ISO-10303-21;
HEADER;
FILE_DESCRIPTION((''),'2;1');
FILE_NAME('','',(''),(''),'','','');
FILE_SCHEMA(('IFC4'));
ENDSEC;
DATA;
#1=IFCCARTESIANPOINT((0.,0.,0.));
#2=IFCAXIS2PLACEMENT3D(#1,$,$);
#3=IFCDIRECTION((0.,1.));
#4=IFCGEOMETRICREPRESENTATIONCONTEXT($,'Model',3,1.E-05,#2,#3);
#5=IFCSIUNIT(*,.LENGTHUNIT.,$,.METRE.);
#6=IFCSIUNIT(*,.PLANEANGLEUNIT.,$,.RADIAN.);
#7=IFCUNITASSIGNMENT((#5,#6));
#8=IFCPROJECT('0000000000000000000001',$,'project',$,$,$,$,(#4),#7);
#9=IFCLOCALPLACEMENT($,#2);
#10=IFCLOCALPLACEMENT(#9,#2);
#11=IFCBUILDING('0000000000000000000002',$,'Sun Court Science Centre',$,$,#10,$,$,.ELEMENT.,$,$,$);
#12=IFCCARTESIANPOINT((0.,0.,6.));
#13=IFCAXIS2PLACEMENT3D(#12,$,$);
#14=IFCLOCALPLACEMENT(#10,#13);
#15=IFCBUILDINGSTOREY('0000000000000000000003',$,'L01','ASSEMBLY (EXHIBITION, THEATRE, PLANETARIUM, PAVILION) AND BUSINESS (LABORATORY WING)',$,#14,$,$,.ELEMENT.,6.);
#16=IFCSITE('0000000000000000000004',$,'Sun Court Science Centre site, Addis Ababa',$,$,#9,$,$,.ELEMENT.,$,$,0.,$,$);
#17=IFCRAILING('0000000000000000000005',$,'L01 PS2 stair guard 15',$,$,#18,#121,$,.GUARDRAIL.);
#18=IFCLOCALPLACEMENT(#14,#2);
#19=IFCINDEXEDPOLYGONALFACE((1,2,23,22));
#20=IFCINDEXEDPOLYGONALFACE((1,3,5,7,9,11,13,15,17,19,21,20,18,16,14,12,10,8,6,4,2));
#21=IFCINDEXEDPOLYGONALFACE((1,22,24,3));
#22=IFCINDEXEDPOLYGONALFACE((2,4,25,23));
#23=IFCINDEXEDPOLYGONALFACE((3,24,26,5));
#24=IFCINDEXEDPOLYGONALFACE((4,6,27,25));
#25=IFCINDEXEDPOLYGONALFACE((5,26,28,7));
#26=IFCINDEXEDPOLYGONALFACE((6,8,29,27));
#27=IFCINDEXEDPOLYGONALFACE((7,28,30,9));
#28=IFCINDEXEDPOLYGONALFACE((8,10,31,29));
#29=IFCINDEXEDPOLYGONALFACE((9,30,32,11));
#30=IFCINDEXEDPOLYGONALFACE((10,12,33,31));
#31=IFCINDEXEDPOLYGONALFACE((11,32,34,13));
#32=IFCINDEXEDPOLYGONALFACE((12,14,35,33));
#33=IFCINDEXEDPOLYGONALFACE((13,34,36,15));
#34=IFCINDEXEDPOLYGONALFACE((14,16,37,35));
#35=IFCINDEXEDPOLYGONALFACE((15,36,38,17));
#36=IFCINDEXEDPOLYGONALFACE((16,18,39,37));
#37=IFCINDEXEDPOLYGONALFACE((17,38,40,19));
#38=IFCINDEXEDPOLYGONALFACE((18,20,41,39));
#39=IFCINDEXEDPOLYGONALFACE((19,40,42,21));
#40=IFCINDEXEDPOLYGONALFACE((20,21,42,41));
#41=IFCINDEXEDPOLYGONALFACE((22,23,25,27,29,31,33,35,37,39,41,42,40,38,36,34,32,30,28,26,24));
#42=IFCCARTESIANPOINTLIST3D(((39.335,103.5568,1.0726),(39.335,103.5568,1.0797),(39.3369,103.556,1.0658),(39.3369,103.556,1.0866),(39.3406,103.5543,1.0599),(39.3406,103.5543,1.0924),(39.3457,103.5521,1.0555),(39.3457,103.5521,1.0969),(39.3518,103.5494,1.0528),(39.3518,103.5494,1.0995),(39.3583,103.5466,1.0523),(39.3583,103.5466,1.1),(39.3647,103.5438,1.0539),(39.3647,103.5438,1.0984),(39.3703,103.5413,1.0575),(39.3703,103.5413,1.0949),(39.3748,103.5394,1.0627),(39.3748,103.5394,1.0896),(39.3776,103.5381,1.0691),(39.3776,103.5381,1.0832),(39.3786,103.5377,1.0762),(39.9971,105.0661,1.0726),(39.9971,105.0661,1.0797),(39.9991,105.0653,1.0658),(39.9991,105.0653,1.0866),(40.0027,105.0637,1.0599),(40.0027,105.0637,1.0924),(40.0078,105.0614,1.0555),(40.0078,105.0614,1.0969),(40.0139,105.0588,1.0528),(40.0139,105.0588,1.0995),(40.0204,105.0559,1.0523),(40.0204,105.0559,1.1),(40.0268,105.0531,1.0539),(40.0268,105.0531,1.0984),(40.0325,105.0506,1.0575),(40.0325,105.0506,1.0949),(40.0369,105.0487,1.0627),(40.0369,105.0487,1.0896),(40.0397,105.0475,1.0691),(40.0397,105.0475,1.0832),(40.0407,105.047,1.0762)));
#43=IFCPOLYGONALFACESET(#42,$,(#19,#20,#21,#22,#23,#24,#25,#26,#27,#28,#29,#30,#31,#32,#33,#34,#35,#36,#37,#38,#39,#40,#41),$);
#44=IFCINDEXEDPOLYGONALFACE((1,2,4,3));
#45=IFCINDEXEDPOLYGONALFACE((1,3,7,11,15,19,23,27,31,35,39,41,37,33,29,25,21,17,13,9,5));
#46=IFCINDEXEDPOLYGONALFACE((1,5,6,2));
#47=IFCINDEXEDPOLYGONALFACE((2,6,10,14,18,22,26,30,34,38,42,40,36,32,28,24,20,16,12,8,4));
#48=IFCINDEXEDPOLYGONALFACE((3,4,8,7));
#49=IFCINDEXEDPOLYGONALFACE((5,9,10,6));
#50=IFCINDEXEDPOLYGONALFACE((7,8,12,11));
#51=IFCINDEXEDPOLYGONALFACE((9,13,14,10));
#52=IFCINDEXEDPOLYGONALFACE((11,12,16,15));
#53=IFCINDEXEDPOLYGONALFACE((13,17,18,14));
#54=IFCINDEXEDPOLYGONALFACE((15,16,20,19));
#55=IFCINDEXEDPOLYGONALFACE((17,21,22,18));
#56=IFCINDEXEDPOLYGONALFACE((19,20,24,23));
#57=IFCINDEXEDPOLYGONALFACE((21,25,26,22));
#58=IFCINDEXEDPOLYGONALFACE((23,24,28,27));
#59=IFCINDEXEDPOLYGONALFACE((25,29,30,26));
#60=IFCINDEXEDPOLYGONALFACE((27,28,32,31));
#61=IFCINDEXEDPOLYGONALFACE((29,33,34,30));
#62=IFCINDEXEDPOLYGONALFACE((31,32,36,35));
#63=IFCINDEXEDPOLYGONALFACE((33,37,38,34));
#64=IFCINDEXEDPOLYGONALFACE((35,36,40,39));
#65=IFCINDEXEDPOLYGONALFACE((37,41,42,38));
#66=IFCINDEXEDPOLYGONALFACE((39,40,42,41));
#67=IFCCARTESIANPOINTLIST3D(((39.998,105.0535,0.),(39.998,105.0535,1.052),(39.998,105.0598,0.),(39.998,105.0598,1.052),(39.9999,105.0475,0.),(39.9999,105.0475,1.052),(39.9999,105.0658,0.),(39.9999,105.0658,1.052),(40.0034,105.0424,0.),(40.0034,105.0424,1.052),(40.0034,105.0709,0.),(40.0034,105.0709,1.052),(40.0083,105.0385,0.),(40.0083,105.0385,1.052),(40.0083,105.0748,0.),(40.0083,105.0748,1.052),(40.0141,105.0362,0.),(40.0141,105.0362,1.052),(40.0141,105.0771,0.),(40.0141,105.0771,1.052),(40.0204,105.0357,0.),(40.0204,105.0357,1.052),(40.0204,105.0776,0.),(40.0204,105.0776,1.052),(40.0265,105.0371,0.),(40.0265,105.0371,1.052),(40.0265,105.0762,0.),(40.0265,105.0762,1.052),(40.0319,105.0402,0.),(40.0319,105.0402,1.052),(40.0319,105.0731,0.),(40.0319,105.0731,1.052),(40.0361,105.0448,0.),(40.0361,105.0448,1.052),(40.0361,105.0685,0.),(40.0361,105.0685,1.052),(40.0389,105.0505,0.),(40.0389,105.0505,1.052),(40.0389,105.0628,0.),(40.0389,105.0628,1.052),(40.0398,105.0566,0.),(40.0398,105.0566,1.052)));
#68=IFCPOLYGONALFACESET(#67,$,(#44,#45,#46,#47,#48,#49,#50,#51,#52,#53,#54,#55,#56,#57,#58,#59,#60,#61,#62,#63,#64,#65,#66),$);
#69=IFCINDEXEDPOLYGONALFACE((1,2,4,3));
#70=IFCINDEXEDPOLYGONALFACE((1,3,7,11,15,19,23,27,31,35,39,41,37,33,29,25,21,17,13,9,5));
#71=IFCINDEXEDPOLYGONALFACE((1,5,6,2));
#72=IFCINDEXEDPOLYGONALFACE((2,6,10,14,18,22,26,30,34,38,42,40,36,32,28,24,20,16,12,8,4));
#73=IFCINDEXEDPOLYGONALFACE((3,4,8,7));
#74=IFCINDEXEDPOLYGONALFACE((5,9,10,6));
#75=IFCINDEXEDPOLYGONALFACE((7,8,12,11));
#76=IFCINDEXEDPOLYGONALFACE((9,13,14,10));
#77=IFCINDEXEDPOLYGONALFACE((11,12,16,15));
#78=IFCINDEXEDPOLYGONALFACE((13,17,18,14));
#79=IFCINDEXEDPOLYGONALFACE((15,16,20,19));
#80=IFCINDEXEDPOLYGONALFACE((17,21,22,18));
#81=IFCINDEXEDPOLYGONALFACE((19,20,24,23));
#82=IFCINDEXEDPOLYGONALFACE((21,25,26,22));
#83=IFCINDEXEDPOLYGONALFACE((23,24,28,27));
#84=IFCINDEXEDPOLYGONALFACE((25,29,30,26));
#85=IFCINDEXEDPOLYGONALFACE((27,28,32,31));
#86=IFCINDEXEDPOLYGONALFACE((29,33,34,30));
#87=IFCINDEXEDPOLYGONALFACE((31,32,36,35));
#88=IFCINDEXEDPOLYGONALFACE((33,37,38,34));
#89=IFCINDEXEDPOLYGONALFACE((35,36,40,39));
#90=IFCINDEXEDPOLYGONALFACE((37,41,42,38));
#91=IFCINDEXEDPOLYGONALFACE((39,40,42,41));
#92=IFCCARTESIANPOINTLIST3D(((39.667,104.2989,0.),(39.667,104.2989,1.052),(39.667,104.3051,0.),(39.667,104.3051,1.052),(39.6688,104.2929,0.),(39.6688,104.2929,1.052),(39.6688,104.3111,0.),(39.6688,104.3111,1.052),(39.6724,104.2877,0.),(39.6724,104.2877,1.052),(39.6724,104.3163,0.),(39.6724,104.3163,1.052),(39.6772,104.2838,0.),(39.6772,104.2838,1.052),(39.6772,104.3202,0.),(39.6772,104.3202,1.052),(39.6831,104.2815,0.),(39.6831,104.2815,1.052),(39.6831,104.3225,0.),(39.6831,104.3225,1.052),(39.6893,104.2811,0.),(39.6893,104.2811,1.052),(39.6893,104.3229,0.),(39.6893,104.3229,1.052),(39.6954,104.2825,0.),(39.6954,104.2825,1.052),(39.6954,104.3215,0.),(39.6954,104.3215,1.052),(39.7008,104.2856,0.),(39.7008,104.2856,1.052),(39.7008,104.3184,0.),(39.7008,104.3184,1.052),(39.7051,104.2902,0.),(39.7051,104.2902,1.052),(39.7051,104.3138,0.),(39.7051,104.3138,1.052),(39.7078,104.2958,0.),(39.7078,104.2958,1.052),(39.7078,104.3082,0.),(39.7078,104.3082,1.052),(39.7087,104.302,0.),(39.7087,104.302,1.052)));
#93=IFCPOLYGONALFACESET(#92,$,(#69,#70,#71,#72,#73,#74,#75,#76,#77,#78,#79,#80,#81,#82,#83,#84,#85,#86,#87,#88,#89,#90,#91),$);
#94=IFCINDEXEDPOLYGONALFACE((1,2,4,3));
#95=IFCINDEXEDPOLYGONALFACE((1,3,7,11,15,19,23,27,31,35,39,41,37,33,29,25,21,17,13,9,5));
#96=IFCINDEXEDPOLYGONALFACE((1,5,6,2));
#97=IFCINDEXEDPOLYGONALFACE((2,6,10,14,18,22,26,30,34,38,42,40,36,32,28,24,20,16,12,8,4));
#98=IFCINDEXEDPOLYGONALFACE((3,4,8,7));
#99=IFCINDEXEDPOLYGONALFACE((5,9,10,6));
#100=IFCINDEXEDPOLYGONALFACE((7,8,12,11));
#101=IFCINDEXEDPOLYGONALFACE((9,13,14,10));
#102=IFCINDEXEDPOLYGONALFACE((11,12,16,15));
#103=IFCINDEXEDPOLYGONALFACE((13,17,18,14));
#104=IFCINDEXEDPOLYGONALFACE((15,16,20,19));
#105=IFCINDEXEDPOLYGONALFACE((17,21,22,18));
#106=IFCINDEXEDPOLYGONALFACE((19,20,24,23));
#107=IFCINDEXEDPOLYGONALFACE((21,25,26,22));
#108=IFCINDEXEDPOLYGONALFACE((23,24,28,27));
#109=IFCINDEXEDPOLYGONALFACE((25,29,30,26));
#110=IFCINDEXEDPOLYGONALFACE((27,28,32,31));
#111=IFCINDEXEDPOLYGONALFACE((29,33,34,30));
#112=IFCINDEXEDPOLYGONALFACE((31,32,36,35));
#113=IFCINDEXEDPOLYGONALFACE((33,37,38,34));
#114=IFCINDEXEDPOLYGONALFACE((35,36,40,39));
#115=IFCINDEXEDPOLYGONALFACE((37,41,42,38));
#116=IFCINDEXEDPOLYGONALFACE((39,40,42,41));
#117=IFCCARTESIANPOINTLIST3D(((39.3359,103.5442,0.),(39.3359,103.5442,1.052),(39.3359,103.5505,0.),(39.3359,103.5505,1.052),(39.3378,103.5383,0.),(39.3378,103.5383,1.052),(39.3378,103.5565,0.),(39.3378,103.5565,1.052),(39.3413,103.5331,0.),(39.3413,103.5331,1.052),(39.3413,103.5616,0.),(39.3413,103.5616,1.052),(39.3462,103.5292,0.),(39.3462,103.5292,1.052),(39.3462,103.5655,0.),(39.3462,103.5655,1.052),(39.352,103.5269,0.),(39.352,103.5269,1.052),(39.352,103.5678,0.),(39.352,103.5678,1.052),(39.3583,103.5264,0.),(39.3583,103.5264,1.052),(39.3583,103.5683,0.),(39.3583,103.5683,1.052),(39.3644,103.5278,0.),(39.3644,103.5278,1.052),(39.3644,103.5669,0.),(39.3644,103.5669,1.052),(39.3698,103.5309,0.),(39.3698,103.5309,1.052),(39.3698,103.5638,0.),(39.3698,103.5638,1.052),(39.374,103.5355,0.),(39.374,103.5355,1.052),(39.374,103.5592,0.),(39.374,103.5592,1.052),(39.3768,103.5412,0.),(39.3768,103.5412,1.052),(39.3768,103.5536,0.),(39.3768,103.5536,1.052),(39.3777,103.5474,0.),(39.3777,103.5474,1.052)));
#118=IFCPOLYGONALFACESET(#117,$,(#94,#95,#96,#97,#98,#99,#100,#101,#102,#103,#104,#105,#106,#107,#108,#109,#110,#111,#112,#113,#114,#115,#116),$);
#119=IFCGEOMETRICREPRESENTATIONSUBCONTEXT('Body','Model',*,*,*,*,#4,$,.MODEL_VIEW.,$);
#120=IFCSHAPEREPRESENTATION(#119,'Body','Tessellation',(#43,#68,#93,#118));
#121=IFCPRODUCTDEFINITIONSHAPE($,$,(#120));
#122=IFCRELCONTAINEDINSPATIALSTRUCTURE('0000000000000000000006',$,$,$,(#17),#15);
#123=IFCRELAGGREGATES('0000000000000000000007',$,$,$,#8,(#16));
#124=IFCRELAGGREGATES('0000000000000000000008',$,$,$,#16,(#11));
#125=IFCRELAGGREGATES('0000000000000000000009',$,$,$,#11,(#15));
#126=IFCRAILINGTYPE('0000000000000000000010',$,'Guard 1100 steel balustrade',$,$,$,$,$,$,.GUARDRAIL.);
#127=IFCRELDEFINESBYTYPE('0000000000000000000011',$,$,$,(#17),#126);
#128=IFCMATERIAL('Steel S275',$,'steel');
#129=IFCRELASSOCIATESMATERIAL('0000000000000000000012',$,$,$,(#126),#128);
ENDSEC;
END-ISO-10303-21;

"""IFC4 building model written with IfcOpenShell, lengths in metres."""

from ifc_helpers import new_model, si_unit, direction, frame, origin, origin_2d, place, context, subcontext, project, spatial, circle, extrude, material, type_object, element, save


model = new_model("IFC4")

# Units and contexts
model_context = context("Model", 3, precision=1e-05, world=origin(), true_north=direction((0.0, 1.0)))
body_context = subcontext(model_context, "Body", "Model", "MODEL_VIEW")
ifc_project = project(units=[si_unit("LENGTHUNIT", "METRE"), si_unit("PLANEANGLEUNIT", "RADIAN")], contexts=[model_context])

# Site, building, storey
site_placement = place(None, origin())
site = spatial("IfcSite", under=ifc_project, at=site_placement, Name="Sun Court Science Centre site, Addis Ababa", CompositionType="ELEMENT", RefElevation=0.0)
building_placement = place(site_placement, origin())
building = spatial("IfcBuilding", under=site, at=building_placement, Name="Sun Court Science Centre", CompositionType="ELEMENT")
storey_placement = place(building_placement, frame((0.0, 0.0, 6.0)))
storey = spatial("IfcBuildingStorey", under=building, at=storey_placement, Name="L01", Description="ASSEMBLY (EXHIBITION, THEATRE, PLANETARIUM, PAVILION) AND BUSINESS (LABORATORY WING)", CompositionType="ELEMENT", Elevation=6.0)

# Railing
ifc_material_1 = material(Name="Steel S275", Category="steel")
railing_type = type_object("IfcRailingType", Name="Guard 1100 steel balustrade", PredefinedType="GUARDRAIL", material=ifc_material_1)
for number, where, name in (
    (1, (40.0188, 105.0566, 0.0), "L01 PS2 stair guard 15"),
):
    element("IfcRailing", number, at=place(storey_placement, frame(where)), inside=storey, type_object=railing_type, Name=name, PredefinedType="GUARDRAIL", context=body_context, shape_type="SweptSolid", body=[
        extrude(circle(Radius=0.0239, at=origin_2d()), frame((0.0, 0.0, 1.0762), z_axis=(-0.401736, -0.915756, 0.0), x_axis=(0.915756, -0.401736, 0.0)), (0.0, 0.0, 1.0), 1.6482),
        extrude(circle(Radius=0.021, at=origin_2d()), origin(), (0.0, 0.0, 1.0), 1.052),
        extrude(circle(Radius=0.021, at=origin_2d()), frame((-0.3311, -0.7546, 0.0)), (0.0, 0.0, 1.0), 1.052),
        extrude(circle(Radius=0.021, at=origin_2d()), frame((-0.6621, -1.5093, 0.0)), (0.0, 0.0, 1.0), 1.052),
    ])

save(model, "model.ifc")
